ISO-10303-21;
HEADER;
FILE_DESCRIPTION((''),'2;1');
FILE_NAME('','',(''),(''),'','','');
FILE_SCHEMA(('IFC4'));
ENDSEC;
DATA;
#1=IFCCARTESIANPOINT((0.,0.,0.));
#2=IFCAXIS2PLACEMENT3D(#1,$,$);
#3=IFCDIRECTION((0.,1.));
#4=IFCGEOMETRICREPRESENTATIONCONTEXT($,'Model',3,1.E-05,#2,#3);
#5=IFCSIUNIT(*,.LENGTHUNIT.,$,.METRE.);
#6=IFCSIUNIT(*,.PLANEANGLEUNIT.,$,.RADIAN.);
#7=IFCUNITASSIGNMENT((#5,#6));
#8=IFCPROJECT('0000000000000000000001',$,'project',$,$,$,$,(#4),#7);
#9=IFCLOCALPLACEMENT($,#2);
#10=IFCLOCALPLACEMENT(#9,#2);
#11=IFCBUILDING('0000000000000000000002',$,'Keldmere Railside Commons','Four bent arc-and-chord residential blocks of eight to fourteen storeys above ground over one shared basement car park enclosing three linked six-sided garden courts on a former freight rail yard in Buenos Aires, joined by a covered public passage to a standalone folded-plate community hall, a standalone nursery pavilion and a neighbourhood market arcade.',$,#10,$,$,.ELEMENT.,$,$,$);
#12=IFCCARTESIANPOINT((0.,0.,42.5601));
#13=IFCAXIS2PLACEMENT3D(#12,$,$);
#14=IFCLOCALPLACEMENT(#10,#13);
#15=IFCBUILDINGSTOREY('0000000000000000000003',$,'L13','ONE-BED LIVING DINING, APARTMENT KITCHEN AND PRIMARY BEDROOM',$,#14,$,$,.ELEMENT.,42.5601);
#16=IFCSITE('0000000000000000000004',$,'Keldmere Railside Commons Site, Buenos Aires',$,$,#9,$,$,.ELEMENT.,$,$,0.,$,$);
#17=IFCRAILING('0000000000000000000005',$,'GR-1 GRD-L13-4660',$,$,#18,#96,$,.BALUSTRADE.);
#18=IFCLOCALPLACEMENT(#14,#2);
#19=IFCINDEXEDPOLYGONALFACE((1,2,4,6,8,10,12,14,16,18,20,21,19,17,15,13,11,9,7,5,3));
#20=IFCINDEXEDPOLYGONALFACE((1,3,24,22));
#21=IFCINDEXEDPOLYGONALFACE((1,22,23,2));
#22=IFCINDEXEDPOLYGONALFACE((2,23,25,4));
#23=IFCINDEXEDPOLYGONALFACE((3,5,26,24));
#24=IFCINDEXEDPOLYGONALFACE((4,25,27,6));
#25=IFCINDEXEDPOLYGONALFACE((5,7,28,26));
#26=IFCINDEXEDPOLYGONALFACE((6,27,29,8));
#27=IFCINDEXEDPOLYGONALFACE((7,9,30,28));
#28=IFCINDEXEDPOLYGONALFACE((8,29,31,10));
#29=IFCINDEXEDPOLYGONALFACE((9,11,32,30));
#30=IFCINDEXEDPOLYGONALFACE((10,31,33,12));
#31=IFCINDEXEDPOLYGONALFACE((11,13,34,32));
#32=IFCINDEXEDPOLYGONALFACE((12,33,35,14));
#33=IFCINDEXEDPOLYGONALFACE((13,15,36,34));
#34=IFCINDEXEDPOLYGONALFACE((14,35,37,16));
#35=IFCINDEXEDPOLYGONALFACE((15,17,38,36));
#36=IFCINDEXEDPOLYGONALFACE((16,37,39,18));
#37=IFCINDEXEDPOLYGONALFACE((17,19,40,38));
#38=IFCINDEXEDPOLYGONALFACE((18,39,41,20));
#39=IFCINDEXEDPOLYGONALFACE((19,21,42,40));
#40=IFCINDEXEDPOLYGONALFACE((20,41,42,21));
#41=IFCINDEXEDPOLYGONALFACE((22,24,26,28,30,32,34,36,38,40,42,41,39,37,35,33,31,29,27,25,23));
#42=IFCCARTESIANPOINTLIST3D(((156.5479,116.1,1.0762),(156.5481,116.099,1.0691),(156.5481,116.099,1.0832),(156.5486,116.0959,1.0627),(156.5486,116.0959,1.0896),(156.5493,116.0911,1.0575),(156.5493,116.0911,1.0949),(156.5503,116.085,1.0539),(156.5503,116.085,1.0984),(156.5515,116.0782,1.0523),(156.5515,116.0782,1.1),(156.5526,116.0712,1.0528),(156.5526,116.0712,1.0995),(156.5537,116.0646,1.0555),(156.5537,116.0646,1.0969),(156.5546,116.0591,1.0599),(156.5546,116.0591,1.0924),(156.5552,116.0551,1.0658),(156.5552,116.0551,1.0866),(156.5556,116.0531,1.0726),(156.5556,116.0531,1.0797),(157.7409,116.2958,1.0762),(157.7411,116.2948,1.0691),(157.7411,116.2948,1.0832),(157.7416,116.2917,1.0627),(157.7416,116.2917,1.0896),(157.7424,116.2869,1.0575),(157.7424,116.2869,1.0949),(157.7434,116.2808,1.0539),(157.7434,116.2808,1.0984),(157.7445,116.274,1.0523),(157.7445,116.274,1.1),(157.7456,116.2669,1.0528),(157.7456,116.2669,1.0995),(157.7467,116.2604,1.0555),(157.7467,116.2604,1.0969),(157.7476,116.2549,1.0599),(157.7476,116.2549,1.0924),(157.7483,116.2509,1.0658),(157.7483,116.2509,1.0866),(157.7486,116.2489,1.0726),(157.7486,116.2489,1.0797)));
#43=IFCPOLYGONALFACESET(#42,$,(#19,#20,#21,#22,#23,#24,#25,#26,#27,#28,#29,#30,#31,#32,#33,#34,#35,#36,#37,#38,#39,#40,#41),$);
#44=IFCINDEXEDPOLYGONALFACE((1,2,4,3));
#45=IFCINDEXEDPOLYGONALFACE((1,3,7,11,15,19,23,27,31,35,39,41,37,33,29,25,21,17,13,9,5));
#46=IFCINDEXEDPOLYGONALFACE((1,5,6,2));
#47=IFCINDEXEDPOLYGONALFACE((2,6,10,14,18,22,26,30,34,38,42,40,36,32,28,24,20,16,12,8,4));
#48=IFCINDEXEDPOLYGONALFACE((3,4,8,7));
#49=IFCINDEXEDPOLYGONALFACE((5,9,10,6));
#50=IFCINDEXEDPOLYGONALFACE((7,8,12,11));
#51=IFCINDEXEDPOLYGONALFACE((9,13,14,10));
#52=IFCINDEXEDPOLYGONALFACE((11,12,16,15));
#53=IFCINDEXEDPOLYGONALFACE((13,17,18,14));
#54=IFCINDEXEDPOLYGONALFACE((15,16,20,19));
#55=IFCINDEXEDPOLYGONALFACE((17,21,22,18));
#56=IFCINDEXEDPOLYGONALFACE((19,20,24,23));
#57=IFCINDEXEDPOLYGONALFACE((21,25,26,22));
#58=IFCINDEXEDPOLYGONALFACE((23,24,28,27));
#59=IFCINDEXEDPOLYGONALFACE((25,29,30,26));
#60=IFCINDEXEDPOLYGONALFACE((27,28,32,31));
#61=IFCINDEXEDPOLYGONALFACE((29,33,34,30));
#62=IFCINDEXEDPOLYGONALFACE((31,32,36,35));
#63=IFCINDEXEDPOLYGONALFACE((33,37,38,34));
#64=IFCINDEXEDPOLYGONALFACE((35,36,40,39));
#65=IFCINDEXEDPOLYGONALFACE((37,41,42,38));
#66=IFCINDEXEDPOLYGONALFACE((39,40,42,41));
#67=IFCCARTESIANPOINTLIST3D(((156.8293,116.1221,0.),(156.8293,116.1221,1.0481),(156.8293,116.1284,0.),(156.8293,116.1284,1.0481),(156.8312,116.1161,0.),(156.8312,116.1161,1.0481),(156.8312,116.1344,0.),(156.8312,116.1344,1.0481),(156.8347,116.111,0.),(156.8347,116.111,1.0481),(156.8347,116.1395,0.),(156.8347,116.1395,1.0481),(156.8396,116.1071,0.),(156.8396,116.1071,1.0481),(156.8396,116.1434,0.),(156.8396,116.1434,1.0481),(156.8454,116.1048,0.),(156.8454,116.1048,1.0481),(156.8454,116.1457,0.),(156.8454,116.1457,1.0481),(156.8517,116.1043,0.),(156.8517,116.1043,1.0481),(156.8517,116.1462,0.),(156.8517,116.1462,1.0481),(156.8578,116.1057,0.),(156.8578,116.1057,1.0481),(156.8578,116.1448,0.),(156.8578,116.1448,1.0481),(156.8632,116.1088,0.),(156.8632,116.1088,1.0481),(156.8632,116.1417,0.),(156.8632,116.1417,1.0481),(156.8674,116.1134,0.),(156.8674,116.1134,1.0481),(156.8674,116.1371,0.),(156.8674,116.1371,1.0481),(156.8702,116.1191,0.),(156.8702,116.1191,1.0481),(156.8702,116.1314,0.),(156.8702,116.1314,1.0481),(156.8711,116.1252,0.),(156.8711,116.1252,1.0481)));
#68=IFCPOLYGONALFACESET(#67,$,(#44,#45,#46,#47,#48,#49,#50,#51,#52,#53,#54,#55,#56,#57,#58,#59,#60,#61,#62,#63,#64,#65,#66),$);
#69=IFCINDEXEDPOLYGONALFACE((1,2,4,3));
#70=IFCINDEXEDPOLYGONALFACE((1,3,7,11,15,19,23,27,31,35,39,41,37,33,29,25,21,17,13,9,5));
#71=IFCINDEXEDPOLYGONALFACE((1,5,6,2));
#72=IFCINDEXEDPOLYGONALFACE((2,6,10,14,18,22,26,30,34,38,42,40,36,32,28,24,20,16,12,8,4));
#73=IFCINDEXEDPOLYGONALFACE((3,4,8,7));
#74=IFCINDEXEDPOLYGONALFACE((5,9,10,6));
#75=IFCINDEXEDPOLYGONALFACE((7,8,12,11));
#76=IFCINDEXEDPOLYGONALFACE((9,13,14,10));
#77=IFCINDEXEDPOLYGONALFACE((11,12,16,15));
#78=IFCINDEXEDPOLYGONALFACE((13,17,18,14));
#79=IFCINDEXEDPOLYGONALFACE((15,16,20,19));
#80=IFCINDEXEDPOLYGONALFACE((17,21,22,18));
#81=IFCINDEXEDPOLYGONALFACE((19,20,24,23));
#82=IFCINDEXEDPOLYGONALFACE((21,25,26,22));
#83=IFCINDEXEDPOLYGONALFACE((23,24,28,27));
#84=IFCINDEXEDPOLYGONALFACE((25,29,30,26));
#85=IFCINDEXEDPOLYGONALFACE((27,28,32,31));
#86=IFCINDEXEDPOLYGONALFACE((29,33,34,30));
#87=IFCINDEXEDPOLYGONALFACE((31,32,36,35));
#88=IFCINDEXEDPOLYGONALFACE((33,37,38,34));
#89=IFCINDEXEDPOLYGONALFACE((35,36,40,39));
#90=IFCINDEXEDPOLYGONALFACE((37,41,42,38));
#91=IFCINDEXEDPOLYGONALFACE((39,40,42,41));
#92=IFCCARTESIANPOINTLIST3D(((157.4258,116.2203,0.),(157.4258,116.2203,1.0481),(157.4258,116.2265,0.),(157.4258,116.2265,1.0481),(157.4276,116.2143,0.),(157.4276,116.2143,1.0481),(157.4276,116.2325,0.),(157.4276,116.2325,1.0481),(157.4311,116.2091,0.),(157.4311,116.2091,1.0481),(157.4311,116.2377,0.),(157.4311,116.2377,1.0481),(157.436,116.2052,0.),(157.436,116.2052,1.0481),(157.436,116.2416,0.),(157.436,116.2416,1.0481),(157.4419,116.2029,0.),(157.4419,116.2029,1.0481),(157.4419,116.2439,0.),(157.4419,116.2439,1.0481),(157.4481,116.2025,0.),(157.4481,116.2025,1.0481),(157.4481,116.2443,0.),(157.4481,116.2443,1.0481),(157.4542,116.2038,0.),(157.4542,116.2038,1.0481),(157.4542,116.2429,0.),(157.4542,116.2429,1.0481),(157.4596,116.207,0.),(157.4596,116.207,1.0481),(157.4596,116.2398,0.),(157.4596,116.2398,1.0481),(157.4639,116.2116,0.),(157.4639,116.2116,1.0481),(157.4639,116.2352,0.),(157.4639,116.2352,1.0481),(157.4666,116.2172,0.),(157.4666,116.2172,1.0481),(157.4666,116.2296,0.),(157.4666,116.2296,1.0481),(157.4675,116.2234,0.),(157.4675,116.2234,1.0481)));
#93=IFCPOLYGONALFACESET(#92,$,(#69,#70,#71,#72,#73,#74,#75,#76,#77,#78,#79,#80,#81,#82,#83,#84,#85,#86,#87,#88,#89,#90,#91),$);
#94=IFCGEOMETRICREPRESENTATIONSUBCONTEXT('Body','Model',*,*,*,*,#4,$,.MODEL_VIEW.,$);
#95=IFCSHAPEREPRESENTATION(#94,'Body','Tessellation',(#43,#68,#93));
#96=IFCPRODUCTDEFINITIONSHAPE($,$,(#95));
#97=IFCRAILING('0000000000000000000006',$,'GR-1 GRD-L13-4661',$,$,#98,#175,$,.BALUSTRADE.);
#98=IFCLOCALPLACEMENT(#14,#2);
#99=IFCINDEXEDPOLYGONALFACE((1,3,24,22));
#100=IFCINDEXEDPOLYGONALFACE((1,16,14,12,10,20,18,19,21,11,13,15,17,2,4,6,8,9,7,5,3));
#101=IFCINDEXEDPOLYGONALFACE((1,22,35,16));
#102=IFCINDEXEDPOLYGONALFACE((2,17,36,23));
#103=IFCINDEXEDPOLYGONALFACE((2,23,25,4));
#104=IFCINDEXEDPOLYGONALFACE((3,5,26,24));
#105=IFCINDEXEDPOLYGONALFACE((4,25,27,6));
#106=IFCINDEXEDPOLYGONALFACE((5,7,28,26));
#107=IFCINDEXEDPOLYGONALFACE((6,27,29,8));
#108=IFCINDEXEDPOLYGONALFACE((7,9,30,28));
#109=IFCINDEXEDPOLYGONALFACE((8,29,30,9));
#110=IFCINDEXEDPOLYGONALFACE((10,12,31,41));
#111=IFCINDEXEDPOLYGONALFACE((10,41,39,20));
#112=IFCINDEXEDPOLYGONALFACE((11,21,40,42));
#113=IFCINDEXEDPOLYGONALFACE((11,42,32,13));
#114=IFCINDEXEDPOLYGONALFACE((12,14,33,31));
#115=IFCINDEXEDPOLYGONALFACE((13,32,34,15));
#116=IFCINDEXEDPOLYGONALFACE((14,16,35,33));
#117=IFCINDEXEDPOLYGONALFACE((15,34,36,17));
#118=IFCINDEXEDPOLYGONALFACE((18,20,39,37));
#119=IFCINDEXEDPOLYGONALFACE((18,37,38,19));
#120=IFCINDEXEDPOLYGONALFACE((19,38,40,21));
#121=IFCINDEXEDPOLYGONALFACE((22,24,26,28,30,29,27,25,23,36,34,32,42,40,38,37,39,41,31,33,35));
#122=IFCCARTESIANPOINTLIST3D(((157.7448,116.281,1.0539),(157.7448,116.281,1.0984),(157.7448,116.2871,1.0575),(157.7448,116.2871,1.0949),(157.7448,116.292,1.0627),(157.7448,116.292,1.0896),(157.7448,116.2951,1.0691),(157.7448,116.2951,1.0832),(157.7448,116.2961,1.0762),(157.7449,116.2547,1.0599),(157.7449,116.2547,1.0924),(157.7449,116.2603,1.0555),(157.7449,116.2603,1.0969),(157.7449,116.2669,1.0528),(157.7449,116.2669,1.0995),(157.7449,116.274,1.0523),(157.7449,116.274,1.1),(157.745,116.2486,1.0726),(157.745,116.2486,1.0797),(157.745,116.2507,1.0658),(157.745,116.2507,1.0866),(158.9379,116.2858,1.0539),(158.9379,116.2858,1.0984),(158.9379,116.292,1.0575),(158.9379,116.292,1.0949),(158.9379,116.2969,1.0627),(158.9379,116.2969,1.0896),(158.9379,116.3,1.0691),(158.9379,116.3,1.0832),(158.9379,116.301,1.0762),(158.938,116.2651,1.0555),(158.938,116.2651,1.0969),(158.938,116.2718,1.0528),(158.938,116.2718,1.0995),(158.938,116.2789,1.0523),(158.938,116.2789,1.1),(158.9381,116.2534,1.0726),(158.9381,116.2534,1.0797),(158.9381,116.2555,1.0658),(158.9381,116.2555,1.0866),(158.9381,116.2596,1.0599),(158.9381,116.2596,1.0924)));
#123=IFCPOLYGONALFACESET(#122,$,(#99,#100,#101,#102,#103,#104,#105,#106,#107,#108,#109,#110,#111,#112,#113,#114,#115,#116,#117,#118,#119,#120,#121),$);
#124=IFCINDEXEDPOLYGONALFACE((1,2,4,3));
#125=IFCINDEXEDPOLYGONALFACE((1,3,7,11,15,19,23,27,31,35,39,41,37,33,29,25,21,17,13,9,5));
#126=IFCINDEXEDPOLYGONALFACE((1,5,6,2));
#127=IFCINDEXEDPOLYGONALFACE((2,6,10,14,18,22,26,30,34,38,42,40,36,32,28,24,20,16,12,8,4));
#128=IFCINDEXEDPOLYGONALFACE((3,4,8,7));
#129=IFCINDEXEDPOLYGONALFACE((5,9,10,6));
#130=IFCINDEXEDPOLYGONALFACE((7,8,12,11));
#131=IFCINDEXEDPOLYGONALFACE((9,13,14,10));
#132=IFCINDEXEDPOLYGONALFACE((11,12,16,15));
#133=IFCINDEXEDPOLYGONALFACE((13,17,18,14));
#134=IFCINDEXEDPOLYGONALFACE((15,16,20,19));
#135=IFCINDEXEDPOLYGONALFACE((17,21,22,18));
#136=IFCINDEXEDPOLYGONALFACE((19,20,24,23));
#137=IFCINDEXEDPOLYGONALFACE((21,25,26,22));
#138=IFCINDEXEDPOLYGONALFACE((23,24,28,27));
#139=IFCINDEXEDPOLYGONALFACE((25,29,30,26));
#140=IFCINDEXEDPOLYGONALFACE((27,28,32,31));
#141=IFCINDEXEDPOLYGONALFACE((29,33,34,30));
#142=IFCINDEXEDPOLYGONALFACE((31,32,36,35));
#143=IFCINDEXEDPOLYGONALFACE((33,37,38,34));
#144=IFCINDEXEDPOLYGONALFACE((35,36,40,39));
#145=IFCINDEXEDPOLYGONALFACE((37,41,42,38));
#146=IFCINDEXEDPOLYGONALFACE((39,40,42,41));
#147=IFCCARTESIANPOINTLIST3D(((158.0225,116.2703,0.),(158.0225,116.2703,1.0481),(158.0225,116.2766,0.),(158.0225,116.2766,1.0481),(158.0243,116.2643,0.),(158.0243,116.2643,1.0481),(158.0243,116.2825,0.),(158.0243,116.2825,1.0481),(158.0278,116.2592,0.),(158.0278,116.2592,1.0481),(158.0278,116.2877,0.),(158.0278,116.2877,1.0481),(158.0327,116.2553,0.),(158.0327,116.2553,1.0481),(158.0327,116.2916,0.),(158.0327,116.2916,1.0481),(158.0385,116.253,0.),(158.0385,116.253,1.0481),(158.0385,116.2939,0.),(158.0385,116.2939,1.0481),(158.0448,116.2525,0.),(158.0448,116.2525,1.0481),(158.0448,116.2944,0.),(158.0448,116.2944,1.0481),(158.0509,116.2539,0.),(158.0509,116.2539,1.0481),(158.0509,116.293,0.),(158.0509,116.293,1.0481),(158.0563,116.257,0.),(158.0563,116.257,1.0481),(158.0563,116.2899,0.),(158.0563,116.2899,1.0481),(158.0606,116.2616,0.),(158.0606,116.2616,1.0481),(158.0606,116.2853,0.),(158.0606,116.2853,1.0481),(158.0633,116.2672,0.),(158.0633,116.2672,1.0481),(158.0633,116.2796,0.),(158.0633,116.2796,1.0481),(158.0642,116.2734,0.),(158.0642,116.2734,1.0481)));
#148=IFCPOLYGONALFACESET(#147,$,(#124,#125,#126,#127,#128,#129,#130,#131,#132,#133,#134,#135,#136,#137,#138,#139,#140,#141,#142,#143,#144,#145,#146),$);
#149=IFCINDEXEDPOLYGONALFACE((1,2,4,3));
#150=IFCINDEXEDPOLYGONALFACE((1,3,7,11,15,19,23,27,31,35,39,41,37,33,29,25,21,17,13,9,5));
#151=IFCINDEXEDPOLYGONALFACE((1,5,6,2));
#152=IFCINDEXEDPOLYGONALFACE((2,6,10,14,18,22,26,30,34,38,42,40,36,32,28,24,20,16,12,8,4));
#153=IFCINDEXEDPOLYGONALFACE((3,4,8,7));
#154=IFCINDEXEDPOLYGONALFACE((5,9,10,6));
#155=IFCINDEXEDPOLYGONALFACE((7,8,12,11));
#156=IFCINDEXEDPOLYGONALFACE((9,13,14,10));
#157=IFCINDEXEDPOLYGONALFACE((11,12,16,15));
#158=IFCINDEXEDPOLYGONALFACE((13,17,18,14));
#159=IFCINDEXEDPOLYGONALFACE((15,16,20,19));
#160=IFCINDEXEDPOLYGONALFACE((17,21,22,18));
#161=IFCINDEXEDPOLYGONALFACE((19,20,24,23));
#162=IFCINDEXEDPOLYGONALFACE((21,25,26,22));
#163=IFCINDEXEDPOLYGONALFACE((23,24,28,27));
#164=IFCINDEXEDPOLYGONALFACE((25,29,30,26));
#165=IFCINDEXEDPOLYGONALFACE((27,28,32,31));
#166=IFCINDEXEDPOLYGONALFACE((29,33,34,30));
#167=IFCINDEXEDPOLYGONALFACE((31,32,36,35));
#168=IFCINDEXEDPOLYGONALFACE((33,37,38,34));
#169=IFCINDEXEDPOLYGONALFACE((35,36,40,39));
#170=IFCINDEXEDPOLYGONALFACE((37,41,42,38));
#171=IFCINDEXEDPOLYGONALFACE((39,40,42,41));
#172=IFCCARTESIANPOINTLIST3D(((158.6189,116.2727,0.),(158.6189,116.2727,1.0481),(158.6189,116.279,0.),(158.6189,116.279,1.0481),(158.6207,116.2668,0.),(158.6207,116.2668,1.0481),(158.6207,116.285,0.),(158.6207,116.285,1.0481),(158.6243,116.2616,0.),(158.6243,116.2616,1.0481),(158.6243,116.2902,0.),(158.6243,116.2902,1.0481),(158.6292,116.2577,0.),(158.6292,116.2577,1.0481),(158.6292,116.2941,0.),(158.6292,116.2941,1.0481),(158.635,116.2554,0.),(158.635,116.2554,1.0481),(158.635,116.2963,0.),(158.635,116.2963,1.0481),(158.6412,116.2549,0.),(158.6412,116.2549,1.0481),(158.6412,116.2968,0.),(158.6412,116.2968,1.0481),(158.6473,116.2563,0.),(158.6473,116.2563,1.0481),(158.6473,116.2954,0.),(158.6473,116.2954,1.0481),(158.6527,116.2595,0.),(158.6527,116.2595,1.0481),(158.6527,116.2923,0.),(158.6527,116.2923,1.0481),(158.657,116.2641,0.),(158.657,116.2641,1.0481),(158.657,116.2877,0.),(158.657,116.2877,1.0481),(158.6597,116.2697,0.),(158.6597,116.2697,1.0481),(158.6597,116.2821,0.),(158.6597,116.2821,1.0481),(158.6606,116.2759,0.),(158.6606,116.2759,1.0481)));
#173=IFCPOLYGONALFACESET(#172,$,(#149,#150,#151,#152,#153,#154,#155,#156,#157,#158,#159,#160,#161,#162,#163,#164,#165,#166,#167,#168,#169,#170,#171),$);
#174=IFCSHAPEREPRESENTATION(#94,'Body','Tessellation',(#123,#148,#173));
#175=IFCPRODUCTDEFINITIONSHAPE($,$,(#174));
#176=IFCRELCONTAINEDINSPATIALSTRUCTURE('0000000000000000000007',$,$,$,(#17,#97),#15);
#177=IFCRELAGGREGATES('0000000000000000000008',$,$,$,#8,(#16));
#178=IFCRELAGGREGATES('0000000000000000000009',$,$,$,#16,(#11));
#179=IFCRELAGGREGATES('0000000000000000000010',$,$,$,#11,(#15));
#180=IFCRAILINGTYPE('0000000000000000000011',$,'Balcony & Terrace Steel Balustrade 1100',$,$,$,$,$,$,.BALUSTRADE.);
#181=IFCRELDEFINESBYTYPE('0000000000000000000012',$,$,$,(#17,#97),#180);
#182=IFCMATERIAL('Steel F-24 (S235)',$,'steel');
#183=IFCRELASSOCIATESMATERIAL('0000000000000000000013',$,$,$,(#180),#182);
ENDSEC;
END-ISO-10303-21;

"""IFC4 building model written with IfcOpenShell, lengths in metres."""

from ifc_helpers import new_model, si_unit, direction, frame, origin, origin_2d, place, context, subcontext, project, spatial, circle, extrude, material, type_object, element, save


model = new_model("IFC4")

# Units and contexts
model_context = context("Model", 3, precision=1e-05, world=origin(), true_north=direction((0.0, 1.0)))
body_context = subcontext(model_context, "Body", "Model", "MODEL_VIEW")
ifc_project = project(units=[si_unit("LENGTHUNIT", "METRE"), si_unit("PLANEANGLEUNIT", "RADIAN")], contexts=[model_context])

# Site, building, storey
site_placement = place(None, origin())
site = spatial("IfcSite", under=ifc_project, at=site_placement, Name="Keldmere Railside Commons Site, Buenos Aires", CompositionType="ELEMENT", RefElevation=0.0)
building_placement = place(site_placement, origin())
building = spatial("IfcBuilding", under=site, at=building_placement, Name="Keldmere Railside Commons", Description="Four bent arc-and-chord residential blocks of eight to fourteen storeys above ground over one shared basement car park enclosing three linked six-sided garden courts on a former freight rail yard in Buenos Aires, joined by a covered public passage to a standalone folded-plate community hall, a standalone nursery pavilion and a neighbourhood market arcade.", CompositionType="ELEMENT")
storey_placement = place(building_placement, frame((0.0, 0.0, 42.5601)))
storey = spatial("IfcBuildingStorey", under=building, at=storey_placement, Name="L13", Description="ONE-BED LIVING DINING, APARTMENT KITCHEN AND PRIMARY BEDROOM", CompositionType="ELEMENT", Elevation=42.5601)

# Shared definitions
ifc_material_1 = material(Name="Steel F-24 (S235)", Category="steel")

# Railings
railing_type_1 = type_object("IfcRailingType", Name="Balcony & Terrace Steel Balustrade 1100", PredefinedType="BALUSTRADE", material=ifc_material_1)
railing_1_placement = place(storey_placement, frame((156.5518, 116.0764, 0.0)))
element("IfcRailing", 1, at=railing_1_placement, inside=storey, type_object=railing_type_1, Name="GR-1 GRD-L13-4660", PredefinedType="BALUSTRADE", context=body_context, shape_type="SweptSolid", body=[
    extrude(circle(Radius=0.0239, at=origin_2d()), frame((0.0, 0.0, 1.0762), z_axis=(0.9868, 0.161943, 0.0), x_axis=(-0.161943, 0.9868, 0.0)), (0.0, 0.0, 1.0), 1.209),
    extrude(circle(Radius=0.021, at=origin_2d()), frame((0.2983, 0.0488, 0.0)), (0.0, 0.0, 1.0), 1.0481),
    extrude(circle(Radius=0.021, at=origin_2d()), frame((0.8948, 0.147, 0.0)), (0.0, 0.0, 1.0), 1.0481),
])
railing_2_placement = place(storey_placement, frame((157.7449, 116.2722, 0.0)))
element("IfcRailing", 2, at=railing_2_placement, inside=storey, type_object=railing_type_1, Name="GR-1 GRD-L13-4661", PredefinedType="BALUSTRADE", context=body_context, shape_type="SweptSolid", body=[
    extrude(circle(Radius=0.0239, at=origin_2d()), frame((0.0, 0.0, 1.0762), z_axis=(0.999992, 0.004092, 0.0), x_axis=(-0.004092, 0.999992, 0.0)), (0.0, 0.0, 1.0), 1.1931),
    extrude(circle(Radius=0.021, at=origin_2d()), frame((0.2983, 0.0012, 0.0)), (0.0, 0.0, 1.0), 1.0481),
    extrude(circle(Radius=0.021, at=origin_2d()), frame((0.8948, 0.0037, 0.0)), (0.0, 0.0, 1.0), 1.0481),
])

save(model, "model.ifc")
